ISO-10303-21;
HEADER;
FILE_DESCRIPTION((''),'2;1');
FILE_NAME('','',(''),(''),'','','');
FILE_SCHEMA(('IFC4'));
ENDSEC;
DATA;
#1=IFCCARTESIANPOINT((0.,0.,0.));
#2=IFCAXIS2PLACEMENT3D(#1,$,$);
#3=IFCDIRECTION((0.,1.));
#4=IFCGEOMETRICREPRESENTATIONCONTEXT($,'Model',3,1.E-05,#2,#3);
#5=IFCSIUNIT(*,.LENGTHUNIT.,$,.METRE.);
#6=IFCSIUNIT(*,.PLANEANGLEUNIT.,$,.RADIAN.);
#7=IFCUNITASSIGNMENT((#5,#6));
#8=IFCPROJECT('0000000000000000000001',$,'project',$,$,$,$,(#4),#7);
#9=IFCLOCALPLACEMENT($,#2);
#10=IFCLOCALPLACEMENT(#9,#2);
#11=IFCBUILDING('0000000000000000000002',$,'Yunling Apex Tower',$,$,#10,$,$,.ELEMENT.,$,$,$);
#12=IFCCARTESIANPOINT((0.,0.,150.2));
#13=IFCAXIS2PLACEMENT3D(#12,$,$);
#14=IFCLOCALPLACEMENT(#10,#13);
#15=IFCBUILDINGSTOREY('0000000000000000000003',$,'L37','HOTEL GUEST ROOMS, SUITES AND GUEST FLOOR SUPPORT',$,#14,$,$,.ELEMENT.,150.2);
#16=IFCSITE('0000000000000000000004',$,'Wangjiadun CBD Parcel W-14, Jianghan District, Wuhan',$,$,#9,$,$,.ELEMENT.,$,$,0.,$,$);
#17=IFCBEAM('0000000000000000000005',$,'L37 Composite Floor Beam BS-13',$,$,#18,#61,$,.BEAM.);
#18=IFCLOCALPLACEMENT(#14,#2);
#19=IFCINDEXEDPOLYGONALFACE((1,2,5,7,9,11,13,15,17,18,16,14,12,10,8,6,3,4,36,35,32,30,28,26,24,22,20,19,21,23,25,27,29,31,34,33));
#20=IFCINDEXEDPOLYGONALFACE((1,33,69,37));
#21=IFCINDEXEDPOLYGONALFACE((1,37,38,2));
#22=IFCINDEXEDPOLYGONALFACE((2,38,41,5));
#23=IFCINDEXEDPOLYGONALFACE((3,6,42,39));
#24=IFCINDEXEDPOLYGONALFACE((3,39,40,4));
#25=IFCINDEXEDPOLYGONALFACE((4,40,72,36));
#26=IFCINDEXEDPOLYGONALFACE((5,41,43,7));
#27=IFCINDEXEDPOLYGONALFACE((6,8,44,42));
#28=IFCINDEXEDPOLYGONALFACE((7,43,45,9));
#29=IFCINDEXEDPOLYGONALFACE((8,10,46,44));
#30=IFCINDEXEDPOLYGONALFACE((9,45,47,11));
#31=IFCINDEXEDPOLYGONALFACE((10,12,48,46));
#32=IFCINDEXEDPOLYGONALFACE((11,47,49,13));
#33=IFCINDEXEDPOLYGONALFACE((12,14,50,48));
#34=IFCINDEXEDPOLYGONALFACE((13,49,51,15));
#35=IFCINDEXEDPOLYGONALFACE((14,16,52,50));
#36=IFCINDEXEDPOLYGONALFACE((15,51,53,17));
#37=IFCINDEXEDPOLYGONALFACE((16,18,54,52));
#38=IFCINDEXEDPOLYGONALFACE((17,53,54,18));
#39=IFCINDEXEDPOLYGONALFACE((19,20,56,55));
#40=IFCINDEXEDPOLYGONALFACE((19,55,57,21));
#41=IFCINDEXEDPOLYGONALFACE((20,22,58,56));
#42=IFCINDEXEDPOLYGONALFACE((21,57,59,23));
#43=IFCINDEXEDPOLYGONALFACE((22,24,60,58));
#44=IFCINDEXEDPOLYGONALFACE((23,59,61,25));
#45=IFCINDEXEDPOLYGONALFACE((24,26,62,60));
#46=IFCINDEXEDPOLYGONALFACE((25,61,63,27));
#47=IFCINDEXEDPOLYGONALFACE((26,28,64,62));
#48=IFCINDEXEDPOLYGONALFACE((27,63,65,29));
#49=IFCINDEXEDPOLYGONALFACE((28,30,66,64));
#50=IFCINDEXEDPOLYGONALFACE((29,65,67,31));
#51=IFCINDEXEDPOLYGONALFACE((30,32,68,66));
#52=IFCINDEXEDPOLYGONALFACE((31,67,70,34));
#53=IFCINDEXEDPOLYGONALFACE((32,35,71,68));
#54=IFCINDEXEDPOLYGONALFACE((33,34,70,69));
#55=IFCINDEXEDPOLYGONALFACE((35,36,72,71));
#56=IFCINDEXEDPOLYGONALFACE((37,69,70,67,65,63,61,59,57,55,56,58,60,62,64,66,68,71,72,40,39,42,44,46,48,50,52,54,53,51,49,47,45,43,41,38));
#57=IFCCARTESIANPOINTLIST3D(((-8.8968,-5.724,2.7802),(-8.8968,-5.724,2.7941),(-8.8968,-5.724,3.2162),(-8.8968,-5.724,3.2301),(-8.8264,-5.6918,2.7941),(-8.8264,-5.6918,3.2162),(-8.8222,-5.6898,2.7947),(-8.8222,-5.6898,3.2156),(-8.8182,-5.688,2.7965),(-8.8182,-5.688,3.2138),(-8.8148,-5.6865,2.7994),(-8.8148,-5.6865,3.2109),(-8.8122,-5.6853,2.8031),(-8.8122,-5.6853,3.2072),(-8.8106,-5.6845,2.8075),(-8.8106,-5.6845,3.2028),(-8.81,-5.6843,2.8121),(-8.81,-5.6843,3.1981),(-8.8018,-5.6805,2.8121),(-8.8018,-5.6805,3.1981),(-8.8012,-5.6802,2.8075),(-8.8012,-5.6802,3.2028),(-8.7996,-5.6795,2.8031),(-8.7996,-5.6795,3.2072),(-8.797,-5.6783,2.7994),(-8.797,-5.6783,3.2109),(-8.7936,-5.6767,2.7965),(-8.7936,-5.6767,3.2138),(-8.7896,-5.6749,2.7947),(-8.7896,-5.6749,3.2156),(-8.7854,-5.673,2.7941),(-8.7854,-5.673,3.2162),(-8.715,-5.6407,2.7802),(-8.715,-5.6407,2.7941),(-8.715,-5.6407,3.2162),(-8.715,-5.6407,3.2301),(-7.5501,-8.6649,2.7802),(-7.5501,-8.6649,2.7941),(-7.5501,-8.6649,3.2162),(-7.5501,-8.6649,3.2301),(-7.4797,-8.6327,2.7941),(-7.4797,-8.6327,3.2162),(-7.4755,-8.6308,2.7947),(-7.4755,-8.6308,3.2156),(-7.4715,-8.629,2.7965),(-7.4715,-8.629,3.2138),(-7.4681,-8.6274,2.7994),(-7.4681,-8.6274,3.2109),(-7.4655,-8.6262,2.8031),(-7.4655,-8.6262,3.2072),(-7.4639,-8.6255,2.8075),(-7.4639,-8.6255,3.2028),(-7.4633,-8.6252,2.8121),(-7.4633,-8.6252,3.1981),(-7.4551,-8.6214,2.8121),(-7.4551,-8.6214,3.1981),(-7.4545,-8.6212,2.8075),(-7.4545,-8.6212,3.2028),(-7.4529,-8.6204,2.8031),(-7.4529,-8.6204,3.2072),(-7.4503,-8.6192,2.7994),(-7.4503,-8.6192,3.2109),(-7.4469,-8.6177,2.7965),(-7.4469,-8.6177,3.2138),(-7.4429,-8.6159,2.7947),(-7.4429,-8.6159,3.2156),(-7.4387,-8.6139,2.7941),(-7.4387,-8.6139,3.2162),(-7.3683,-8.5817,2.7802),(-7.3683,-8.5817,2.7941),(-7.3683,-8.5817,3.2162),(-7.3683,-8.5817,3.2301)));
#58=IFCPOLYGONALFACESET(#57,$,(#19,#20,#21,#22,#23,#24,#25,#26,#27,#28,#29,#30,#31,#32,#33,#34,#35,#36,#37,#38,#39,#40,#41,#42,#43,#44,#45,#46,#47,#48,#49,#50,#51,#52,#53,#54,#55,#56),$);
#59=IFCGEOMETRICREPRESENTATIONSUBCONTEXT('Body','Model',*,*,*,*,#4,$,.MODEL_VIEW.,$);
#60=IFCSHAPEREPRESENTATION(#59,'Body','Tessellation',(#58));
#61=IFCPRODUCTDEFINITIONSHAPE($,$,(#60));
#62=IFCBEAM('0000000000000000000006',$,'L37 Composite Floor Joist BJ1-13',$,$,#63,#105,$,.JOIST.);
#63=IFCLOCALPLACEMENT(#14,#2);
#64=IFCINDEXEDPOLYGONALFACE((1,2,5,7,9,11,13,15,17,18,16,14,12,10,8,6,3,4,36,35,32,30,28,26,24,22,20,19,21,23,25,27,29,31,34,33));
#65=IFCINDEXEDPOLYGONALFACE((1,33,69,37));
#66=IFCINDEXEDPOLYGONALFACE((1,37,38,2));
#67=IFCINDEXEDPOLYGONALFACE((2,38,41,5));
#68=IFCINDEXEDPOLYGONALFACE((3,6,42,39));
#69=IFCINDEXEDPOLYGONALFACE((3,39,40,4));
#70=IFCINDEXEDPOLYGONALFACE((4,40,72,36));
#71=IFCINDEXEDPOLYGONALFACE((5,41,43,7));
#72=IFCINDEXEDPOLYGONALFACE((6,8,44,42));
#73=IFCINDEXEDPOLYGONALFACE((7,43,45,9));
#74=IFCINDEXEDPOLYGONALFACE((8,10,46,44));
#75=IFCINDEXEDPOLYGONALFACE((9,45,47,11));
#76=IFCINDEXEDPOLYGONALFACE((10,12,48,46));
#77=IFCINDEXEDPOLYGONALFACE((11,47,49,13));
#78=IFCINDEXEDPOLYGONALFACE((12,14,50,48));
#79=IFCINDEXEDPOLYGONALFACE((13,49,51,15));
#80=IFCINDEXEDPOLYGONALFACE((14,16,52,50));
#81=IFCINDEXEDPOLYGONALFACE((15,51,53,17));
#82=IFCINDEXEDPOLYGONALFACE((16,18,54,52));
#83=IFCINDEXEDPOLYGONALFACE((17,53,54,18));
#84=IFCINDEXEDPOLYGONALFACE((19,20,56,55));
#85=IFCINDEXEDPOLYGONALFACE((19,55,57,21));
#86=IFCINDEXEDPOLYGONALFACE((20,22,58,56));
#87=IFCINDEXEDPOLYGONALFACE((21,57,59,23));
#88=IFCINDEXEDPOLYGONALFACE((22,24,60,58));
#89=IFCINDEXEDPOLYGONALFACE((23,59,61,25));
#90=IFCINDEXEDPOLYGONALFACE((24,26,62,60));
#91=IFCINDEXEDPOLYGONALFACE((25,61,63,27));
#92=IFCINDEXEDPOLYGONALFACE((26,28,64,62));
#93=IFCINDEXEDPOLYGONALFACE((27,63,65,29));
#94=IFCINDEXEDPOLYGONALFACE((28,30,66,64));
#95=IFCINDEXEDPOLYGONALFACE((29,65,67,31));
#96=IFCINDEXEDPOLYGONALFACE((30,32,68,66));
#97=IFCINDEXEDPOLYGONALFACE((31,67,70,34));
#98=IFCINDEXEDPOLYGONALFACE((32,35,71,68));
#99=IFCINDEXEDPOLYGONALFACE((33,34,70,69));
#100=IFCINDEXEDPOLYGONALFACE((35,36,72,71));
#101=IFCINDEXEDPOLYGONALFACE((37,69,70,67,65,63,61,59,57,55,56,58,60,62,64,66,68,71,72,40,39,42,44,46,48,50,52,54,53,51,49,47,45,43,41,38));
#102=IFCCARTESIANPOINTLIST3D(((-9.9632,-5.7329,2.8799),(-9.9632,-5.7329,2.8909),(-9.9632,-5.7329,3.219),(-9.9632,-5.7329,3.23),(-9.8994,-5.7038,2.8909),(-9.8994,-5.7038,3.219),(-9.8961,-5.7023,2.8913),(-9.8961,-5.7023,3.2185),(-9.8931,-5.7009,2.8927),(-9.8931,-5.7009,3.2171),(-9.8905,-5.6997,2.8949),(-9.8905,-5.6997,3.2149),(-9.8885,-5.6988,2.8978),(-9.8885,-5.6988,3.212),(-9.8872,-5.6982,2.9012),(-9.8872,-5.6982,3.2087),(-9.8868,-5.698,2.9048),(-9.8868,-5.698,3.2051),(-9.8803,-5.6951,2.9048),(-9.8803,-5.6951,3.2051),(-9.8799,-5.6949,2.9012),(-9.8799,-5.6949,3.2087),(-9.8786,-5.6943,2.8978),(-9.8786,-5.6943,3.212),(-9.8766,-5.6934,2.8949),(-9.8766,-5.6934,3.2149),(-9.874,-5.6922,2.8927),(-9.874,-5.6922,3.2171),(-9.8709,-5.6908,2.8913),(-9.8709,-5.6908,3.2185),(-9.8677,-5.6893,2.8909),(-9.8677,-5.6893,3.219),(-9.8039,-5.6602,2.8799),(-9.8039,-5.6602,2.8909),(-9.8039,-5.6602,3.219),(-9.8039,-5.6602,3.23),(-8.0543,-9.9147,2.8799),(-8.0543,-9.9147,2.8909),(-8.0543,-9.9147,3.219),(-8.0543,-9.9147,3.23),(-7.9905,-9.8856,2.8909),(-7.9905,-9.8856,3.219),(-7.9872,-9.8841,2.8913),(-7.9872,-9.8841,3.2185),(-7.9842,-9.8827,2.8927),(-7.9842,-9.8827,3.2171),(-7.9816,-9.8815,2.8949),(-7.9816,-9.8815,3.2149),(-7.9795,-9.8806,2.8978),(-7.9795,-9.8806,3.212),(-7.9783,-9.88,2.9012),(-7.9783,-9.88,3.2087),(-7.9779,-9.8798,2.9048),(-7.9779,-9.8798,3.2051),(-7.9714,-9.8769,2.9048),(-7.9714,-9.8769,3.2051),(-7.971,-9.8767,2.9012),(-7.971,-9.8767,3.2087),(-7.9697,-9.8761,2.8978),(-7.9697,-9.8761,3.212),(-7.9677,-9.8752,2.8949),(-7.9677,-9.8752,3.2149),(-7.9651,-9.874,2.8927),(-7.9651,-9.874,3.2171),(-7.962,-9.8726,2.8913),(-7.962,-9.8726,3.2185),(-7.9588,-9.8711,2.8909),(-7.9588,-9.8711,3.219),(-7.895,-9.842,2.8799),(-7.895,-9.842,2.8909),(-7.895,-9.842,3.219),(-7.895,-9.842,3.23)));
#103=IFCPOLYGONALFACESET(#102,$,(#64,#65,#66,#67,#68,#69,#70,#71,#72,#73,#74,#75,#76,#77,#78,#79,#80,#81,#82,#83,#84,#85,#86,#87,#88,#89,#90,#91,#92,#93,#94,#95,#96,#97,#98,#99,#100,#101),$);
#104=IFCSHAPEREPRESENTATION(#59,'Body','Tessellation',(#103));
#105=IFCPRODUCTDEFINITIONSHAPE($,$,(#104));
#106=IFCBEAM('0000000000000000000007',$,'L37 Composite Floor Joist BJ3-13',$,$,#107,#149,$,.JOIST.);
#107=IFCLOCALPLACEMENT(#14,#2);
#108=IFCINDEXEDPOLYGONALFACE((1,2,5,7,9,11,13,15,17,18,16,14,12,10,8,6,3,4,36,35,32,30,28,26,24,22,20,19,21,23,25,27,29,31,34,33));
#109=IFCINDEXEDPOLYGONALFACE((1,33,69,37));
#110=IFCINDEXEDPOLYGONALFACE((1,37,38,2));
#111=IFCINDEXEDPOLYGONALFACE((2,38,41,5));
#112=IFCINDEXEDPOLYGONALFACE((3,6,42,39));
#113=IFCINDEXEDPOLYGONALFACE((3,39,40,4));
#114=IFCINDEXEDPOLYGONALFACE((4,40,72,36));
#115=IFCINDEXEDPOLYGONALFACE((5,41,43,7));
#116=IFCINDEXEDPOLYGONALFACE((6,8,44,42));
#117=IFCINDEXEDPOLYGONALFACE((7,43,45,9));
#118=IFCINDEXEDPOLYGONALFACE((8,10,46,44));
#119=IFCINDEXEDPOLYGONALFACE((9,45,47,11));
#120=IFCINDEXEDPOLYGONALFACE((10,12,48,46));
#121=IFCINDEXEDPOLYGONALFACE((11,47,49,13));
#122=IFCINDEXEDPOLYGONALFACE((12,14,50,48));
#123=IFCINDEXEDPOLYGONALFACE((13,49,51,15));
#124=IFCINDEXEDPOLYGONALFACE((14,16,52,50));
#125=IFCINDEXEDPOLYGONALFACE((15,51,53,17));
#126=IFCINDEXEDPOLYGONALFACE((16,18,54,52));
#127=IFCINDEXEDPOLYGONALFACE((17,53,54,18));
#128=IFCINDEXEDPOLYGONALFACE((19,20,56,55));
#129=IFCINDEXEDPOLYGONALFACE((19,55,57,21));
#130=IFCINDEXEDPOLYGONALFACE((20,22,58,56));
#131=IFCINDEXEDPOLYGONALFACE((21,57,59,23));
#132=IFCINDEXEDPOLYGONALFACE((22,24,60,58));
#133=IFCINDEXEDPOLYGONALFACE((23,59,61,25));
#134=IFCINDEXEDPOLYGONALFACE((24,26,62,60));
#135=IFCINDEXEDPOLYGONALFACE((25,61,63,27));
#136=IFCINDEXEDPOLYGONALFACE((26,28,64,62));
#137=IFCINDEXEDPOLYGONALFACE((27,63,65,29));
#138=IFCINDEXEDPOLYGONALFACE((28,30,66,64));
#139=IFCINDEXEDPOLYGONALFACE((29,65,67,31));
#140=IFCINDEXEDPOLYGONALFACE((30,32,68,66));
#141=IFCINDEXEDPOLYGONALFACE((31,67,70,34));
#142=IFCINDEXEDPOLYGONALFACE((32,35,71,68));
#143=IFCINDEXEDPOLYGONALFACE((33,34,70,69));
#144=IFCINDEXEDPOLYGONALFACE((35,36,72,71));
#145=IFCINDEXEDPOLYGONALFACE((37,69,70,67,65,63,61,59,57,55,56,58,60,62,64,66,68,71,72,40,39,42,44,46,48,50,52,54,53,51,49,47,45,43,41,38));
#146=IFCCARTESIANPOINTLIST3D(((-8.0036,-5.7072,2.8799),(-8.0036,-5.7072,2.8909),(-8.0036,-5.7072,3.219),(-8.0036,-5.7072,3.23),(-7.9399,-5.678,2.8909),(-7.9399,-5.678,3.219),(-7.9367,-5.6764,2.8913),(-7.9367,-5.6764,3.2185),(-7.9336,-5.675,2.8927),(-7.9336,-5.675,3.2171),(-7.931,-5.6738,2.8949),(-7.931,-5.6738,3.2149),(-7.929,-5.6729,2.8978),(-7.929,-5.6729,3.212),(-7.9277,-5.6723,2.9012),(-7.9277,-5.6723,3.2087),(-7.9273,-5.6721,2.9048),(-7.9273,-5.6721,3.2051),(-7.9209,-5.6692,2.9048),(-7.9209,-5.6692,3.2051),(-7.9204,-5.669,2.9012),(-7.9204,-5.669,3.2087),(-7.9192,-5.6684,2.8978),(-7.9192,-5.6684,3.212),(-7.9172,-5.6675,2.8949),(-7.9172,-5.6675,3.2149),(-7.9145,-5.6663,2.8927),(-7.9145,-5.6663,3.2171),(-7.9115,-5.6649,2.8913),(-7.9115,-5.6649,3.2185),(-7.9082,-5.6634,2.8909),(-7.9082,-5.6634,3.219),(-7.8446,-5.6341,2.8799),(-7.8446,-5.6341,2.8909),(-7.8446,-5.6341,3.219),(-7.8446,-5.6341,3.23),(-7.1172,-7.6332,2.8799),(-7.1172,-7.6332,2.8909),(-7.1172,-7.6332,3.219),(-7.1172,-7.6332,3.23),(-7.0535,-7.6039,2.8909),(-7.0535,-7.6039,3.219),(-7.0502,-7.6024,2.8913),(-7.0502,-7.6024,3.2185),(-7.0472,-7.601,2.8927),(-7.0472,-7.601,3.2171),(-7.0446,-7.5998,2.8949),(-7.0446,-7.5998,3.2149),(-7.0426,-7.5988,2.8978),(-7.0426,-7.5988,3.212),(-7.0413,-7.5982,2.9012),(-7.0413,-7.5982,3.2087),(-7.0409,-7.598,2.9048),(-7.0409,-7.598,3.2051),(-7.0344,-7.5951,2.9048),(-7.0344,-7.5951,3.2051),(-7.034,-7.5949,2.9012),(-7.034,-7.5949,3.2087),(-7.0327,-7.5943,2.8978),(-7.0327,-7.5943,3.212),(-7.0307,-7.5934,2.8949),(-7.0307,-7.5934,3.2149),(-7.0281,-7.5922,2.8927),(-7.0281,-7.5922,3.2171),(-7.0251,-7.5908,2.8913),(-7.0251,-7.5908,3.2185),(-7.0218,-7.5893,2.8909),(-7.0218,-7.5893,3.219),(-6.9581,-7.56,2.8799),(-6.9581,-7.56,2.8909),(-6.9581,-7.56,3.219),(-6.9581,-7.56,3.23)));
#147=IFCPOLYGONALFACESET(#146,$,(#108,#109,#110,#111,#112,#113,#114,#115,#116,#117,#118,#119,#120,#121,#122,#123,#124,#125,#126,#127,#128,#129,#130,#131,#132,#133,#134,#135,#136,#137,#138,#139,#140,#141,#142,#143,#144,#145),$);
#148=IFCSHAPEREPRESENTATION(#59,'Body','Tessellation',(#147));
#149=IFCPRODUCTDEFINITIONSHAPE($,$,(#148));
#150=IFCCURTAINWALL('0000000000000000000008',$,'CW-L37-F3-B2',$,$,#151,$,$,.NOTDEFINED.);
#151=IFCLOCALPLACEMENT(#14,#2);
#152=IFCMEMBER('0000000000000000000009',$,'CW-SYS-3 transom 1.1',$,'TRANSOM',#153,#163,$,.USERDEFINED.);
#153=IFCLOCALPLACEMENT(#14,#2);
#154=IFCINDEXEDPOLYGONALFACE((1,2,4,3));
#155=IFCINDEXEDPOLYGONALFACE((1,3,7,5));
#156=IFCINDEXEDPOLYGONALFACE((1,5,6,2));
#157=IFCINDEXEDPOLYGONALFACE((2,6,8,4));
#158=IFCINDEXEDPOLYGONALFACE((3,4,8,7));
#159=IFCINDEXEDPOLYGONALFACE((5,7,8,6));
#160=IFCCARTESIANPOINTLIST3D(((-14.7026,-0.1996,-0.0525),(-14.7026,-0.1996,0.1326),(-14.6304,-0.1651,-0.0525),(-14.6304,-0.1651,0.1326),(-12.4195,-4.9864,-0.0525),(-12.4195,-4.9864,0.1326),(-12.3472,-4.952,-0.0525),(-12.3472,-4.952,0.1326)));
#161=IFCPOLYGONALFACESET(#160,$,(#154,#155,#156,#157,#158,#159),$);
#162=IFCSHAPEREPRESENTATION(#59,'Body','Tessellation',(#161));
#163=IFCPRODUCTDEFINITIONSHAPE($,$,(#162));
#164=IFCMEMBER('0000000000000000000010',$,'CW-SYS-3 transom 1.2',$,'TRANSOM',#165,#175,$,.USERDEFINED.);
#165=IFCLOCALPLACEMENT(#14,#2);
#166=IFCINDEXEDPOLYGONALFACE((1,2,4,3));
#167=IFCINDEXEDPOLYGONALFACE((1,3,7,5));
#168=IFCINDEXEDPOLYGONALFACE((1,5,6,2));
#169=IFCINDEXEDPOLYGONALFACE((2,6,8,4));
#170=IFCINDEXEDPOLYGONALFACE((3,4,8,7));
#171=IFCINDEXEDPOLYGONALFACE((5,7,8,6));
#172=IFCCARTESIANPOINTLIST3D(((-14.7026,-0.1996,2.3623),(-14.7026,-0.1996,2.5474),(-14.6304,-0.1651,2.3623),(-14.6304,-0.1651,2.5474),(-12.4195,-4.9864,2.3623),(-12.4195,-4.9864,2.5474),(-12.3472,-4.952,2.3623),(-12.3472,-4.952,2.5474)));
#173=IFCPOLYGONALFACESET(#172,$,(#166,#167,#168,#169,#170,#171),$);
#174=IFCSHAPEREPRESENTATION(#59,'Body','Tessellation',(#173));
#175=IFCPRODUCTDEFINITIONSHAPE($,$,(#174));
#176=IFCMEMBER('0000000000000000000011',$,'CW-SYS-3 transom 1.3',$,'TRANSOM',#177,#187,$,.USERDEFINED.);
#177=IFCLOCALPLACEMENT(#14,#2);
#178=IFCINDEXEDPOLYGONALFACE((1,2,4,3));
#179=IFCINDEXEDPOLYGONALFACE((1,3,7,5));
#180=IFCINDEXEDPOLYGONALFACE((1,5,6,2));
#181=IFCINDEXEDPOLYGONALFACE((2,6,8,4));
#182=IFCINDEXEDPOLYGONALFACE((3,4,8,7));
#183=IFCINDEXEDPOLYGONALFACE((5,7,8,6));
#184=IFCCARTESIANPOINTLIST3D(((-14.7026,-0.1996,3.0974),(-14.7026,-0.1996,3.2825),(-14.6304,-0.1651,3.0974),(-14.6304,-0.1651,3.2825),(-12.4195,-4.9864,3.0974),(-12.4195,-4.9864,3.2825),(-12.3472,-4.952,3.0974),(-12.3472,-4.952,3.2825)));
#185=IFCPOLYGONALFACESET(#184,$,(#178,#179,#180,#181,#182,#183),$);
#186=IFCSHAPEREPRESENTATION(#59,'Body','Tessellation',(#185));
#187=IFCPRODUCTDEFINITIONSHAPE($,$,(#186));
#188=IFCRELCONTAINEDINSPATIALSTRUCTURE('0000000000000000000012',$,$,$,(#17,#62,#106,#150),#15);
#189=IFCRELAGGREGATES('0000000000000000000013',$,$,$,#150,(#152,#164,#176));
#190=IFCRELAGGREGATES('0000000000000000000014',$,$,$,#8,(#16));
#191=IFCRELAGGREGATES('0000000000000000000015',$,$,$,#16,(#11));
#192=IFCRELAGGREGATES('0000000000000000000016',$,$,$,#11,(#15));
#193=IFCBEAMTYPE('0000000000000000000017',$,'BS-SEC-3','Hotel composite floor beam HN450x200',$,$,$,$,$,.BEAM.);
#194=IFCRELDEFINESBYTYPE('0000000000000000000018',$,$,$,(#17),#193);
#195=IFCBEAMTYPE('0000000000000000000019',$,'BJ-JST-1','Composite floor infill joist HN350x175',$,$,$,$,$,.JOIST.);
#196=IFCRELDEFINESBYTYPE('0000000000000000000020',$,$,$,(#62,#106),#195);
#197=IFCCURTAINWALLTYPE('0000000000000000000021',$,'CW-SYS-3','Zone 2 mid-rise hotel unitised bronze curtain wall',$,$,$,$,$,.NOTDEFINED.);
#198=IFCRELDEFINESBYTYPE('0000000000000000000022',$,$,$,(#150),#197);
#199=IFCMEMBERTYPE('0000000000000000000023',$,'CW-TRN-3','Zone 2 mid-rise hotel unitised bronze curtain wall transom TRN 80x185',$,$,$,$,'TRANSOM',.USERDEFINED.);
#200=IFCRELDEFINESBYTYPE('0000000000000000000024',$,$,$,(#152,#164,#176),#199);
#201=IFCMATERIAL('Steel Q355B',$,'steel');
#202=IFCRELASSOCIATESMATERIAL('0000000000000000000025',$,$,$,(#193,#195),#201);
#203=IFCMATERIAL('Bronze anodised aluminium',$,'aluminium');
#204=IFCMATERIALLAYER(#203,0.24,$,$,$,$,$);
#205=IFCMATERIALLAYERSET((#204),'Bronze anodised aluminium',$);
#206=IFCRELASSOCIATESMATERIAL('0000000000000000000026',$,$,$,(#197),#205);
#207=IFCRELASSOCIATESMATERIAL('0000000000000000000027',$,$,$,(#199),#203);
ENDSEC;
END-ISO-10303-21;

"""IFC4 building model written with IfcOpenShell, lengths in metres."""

from ifc_helpers import new_model, si_unit, direction, frame, origin, origin_2d, place, context, subcontext, project, spatial, rectangle, i_section, extrude, source, transform, mapped, material, layer, layer_set, material_profile, profile_set, type_object, element, aggregate, save


model = new_model("IFC4")

# Units and contexts
model_context = context("Model", 3, precision=1e-05, world=origin(), true_north=direction((0.0, 1.0)))
body_context = subcontext(model_context, "Body", "Model", "MODEL_VIEW")
ifc_project = project(units=[si_unit("LENGTHUNIT", "METRE"), si_unit("PLANEANGLEUNIT", "RADIAN")], contexts=[model_context])

# Site, building, storey
site_placement = place(None, origin())
site = spatial("IfcSite", under=ifc_project, at=site_placement, Name="Wangjiadun CBD Parcel W-14, Jianghan District, Wuhan", CompositionType="ELEMENT", RefElevation=0.0)
building_placement = place(site_placement, origin())
building = spatial("IfcBuilding", under=site, at=building_placement, Name="Yunling Apex Tower", CompositionType="ELEMENT")
storey_placement = place(building_placement, frame((0.0, 0.0, 150.2)))
storey = spatial("IfcBuildingStorey", under=building, at=storey_placement, Name="L37", Description="HOTEL GUEST ROOMS, SUITES AND GUEST FLOOR SUPPORT", CompositionType="ELEMENT", Elevation=150.2)

# Beams
ifc_material_1 = material(Name="Steel Q355B", Category="steel")
ifc_material_profile_1 = material_profile(ifc_material_1, i_section(OverallWidth=0.2, OverallDepth=0.45, WebThickness=0.009, FlangeThickness=0.0139, FilletRadius=0.0181, at=origin_2d()))
ifc_profile_set_1 = profile_set([ifc_material_profile_1], Name="Steel Q355B")
beam_type_1 = type_object("IfcBeamType", Name="BS-SEC-3", Description="Hotel composite floor beam HN450x200", PredefinedType="BEAM", material=ifc_profile_set_1)
shared_shape_1 = source(origin(), body_context, "Body", "SweptSolid", [
    extrude(i_section(OverallWidth=0.2, OverallDepth=0.45, WebThickness=0.009, FlangeThickness=0.0139, FilletRadius=0.0181, at=origin_2d()), origin(), (0.0, 0.0, 1.0), 3.2346),
])
beam_1_placement = place(storey_placement, frame((-8.8059, -5.6824, 3.0051), z_axis=(0.416338, -0.90921, 0.0), x_axis=(0.90921, 0.416338, 0.0)))
element("IfcBeam", 1, at=beam_1_placement, inside=storey, type_object=beam_type_1, Name="L37 Composite Floor Beam BS-13", PredefinedType="BEAM", context=body_context, shape_type="MappedRepresentation", body=[
    mapped(shared_shape_1, transform((0.0, 0.0, 0.0), scale=1.0)),
])
ifc_material_profile_2 = material_profile(ifc_material_1, i_section(OverallWidth=0.175, OverallDepth=0.3501, WebThickness=0.0071, FlangeThickness=0.011, FilletRadius=0.0139, at=origin_2d()))
ifc_profile_set_2 = profile_set([ifc_material_profile_2], Name="Steel Q355B")
beam_type_2 = type_object("IfcBeamType", Name="BJ-JST-1", Description="Composite floor infill joist HN350x175", PredefinedType="JOIST", material=ifc_profile_set_2)
shared_shape_2 = source(origin(), body_context, "Body", "SweptSolid", [
    extrude(i_section(OverallWidth=0.175, OverallDepth=0.3501, WebThickness=0.0071, FlangeThickness=0.011, FilletRadius=0.0139, at=origin_2d()), origin(), (0.0, 0.0, 1.0), 4.5969),
])
beam_2_placement = place(storey_placement, frame((-9.8835, -5.6965, 3.0549), z_axis=(0.415259, -0.909703, 0.0), x_axis=(0.909703, 0.415259, 0.0)))
element("IfcBeam", 2, at=beam_2_placement, inside=storey, type_object=beam_type_2, Name="L37 Composite Floor Joist BJ1-13", PredefinedType="JOIST", context=body_context, shape_type="MappedRepresentation", body=[
    mapped(shared_shape_2, transform((0.0, 0.0, 0.0), scale=1.0)),
])
shared_shape_3 = source(origin(), body_context, "Body", "SweptSolid", [
    extrude(i_section(OverallWidth=0.175, OverallDepth=0.3501, WebThickness=0.0071, FlangeThickness=0.011, FilletRadius=0.0139, at=origin_2d()), origin(), (0.0, 0.0, 1.0), 2.1201),
])
beam_3_placement = place(storey_placement, frame((-7.9241, -5.6707, 3.0549), z_axis=(0.418101, -0.9084, 0.0), x_axis=(0.9084, 0.418101, 0.0)))
element("IfcBeam", 3, at=beam_3_placement, inside=storey, type_object=beam_type_2, Name="L37 Composite Floor Joist BJ3-13", PredefinedType="JOIST", context=body_context, shape_type="MappedRepresentation", body=[
    mapped(shared_shape_3, transform((0.0, 0.0, 0.0), scale=1.0)),
])

# Curtain wall, members
ifc_material_2 = material(Name="Bronze anodised aluminium", Category="aluminium")
ifc_layer_1 = layer(ifc_material_2, 0.24)
ifc_layer_set_1 = layer_set([ifc_layer_1], Name="Bronze anodised aluminium")
curtain_wall_type = type_object("IfcCurtainWallType", Name="CW-SYS-3", Description="Zone 2 mid-rise hotel unitised bronze curtain wall", PredefinedType="NOTDEFINED", material=ifc_layer_set_1)
curtain_wall_placement = place(storey_placement, origin())
curtain_wall = element("IfcCurtainWall", 4, at=curtain_wall_placement, inside=storey, type_object=curtain_wall_type, Name="CW-L37-F3-B2", PredefinedType="NOTDEFINED")
ifc_material_profile_3 = material_profile(ifc_material_2, rectangle(XDim=0.0801, YDim=0.1851, at=origin_2d()))
ifc_profile_set_3 = profile_set([ifc_material_profile_3], Name="Bronze anodised aluminium")
member_type_1 = type_object("IfcMemberType", Name="CW-TRN-3", Description="Zone 2 mid-rise hotel unitised bronze curtain wall transom TRN 80x185", ElementType="TRANSOM", PredefinedType="USERDEFINED", material=ifc_profile_set_3)
shared_shape_4 = source(origin(), body_context, "Body", "SweptSolid", [
    extrude(rectangle(XDim=0.0801, YDim=0.1851, at=origin_2d()), origin(), (0.0, 0.0, 1.0), 5.3035),
])
member_1_placement = place(storey_placement, frame((-14.6665, -0.1824, 0.04), z_axis=(0.430509, -0.902586, 0.0), x_axis=(0.902586, 0.430509, 0.0)))
member_1 = element("IfcMember", 5, at=member_1_placement, type_object=member_type_1, Name="CW-SYS-3 transom 1.1", ObjectType="TRANSOM", PredefinedType="USERDEFINED", context=body_context, shape_type="MappedRepresentation", body=[
    mapped(shared_shape_4, transform((0.0, 0.0, 0.0), scale=1.0)),
])
member_2_placement = place(storey_placement, frame((-14.6665, -0.1824, 2.4548), z_axis=(0.430509, -0.902586, 0.0), x_axis=(0.902586, 0.430509, 0.0)))
member_2 = element("IfcMember", 6, at=member_2_placement, type_object=member_type_1, Name="CW-SYS-3 transom 1.2", ObjectType="TRANSOM", PredefinedType="USERDEFINED", context=body_context, shape_type="MappedRepresentation", body=[
    mapped(shared_shape_4, transform((0.0, 0.0, 0.0), scale=1.0)),
])
member_3_placement = place(storey_placement, frame((-14.6665, -0.1824, 3.1899), z_axis=(0.430509, -0.902586, 0.0), x_axis=(0.902586, 0.430509, 0.0)))
member_3 = element("IfcMember", 7, at=member_3_placement, type_object=member_type_1, Name="CW-SYS-3 transom 1.3", ObjectType="TRANSOM", PredefinedType="USERDEFINED", context=body_context, shape_type="MappedRepresentation", body=[
    mapped(shared_shape_4, transform((0.0, 0.0, 0.0), scale=1.0)),
])
aggregate(curtain_wall, [member_1, member_2, member_3])

save(model, "model.ifc")
